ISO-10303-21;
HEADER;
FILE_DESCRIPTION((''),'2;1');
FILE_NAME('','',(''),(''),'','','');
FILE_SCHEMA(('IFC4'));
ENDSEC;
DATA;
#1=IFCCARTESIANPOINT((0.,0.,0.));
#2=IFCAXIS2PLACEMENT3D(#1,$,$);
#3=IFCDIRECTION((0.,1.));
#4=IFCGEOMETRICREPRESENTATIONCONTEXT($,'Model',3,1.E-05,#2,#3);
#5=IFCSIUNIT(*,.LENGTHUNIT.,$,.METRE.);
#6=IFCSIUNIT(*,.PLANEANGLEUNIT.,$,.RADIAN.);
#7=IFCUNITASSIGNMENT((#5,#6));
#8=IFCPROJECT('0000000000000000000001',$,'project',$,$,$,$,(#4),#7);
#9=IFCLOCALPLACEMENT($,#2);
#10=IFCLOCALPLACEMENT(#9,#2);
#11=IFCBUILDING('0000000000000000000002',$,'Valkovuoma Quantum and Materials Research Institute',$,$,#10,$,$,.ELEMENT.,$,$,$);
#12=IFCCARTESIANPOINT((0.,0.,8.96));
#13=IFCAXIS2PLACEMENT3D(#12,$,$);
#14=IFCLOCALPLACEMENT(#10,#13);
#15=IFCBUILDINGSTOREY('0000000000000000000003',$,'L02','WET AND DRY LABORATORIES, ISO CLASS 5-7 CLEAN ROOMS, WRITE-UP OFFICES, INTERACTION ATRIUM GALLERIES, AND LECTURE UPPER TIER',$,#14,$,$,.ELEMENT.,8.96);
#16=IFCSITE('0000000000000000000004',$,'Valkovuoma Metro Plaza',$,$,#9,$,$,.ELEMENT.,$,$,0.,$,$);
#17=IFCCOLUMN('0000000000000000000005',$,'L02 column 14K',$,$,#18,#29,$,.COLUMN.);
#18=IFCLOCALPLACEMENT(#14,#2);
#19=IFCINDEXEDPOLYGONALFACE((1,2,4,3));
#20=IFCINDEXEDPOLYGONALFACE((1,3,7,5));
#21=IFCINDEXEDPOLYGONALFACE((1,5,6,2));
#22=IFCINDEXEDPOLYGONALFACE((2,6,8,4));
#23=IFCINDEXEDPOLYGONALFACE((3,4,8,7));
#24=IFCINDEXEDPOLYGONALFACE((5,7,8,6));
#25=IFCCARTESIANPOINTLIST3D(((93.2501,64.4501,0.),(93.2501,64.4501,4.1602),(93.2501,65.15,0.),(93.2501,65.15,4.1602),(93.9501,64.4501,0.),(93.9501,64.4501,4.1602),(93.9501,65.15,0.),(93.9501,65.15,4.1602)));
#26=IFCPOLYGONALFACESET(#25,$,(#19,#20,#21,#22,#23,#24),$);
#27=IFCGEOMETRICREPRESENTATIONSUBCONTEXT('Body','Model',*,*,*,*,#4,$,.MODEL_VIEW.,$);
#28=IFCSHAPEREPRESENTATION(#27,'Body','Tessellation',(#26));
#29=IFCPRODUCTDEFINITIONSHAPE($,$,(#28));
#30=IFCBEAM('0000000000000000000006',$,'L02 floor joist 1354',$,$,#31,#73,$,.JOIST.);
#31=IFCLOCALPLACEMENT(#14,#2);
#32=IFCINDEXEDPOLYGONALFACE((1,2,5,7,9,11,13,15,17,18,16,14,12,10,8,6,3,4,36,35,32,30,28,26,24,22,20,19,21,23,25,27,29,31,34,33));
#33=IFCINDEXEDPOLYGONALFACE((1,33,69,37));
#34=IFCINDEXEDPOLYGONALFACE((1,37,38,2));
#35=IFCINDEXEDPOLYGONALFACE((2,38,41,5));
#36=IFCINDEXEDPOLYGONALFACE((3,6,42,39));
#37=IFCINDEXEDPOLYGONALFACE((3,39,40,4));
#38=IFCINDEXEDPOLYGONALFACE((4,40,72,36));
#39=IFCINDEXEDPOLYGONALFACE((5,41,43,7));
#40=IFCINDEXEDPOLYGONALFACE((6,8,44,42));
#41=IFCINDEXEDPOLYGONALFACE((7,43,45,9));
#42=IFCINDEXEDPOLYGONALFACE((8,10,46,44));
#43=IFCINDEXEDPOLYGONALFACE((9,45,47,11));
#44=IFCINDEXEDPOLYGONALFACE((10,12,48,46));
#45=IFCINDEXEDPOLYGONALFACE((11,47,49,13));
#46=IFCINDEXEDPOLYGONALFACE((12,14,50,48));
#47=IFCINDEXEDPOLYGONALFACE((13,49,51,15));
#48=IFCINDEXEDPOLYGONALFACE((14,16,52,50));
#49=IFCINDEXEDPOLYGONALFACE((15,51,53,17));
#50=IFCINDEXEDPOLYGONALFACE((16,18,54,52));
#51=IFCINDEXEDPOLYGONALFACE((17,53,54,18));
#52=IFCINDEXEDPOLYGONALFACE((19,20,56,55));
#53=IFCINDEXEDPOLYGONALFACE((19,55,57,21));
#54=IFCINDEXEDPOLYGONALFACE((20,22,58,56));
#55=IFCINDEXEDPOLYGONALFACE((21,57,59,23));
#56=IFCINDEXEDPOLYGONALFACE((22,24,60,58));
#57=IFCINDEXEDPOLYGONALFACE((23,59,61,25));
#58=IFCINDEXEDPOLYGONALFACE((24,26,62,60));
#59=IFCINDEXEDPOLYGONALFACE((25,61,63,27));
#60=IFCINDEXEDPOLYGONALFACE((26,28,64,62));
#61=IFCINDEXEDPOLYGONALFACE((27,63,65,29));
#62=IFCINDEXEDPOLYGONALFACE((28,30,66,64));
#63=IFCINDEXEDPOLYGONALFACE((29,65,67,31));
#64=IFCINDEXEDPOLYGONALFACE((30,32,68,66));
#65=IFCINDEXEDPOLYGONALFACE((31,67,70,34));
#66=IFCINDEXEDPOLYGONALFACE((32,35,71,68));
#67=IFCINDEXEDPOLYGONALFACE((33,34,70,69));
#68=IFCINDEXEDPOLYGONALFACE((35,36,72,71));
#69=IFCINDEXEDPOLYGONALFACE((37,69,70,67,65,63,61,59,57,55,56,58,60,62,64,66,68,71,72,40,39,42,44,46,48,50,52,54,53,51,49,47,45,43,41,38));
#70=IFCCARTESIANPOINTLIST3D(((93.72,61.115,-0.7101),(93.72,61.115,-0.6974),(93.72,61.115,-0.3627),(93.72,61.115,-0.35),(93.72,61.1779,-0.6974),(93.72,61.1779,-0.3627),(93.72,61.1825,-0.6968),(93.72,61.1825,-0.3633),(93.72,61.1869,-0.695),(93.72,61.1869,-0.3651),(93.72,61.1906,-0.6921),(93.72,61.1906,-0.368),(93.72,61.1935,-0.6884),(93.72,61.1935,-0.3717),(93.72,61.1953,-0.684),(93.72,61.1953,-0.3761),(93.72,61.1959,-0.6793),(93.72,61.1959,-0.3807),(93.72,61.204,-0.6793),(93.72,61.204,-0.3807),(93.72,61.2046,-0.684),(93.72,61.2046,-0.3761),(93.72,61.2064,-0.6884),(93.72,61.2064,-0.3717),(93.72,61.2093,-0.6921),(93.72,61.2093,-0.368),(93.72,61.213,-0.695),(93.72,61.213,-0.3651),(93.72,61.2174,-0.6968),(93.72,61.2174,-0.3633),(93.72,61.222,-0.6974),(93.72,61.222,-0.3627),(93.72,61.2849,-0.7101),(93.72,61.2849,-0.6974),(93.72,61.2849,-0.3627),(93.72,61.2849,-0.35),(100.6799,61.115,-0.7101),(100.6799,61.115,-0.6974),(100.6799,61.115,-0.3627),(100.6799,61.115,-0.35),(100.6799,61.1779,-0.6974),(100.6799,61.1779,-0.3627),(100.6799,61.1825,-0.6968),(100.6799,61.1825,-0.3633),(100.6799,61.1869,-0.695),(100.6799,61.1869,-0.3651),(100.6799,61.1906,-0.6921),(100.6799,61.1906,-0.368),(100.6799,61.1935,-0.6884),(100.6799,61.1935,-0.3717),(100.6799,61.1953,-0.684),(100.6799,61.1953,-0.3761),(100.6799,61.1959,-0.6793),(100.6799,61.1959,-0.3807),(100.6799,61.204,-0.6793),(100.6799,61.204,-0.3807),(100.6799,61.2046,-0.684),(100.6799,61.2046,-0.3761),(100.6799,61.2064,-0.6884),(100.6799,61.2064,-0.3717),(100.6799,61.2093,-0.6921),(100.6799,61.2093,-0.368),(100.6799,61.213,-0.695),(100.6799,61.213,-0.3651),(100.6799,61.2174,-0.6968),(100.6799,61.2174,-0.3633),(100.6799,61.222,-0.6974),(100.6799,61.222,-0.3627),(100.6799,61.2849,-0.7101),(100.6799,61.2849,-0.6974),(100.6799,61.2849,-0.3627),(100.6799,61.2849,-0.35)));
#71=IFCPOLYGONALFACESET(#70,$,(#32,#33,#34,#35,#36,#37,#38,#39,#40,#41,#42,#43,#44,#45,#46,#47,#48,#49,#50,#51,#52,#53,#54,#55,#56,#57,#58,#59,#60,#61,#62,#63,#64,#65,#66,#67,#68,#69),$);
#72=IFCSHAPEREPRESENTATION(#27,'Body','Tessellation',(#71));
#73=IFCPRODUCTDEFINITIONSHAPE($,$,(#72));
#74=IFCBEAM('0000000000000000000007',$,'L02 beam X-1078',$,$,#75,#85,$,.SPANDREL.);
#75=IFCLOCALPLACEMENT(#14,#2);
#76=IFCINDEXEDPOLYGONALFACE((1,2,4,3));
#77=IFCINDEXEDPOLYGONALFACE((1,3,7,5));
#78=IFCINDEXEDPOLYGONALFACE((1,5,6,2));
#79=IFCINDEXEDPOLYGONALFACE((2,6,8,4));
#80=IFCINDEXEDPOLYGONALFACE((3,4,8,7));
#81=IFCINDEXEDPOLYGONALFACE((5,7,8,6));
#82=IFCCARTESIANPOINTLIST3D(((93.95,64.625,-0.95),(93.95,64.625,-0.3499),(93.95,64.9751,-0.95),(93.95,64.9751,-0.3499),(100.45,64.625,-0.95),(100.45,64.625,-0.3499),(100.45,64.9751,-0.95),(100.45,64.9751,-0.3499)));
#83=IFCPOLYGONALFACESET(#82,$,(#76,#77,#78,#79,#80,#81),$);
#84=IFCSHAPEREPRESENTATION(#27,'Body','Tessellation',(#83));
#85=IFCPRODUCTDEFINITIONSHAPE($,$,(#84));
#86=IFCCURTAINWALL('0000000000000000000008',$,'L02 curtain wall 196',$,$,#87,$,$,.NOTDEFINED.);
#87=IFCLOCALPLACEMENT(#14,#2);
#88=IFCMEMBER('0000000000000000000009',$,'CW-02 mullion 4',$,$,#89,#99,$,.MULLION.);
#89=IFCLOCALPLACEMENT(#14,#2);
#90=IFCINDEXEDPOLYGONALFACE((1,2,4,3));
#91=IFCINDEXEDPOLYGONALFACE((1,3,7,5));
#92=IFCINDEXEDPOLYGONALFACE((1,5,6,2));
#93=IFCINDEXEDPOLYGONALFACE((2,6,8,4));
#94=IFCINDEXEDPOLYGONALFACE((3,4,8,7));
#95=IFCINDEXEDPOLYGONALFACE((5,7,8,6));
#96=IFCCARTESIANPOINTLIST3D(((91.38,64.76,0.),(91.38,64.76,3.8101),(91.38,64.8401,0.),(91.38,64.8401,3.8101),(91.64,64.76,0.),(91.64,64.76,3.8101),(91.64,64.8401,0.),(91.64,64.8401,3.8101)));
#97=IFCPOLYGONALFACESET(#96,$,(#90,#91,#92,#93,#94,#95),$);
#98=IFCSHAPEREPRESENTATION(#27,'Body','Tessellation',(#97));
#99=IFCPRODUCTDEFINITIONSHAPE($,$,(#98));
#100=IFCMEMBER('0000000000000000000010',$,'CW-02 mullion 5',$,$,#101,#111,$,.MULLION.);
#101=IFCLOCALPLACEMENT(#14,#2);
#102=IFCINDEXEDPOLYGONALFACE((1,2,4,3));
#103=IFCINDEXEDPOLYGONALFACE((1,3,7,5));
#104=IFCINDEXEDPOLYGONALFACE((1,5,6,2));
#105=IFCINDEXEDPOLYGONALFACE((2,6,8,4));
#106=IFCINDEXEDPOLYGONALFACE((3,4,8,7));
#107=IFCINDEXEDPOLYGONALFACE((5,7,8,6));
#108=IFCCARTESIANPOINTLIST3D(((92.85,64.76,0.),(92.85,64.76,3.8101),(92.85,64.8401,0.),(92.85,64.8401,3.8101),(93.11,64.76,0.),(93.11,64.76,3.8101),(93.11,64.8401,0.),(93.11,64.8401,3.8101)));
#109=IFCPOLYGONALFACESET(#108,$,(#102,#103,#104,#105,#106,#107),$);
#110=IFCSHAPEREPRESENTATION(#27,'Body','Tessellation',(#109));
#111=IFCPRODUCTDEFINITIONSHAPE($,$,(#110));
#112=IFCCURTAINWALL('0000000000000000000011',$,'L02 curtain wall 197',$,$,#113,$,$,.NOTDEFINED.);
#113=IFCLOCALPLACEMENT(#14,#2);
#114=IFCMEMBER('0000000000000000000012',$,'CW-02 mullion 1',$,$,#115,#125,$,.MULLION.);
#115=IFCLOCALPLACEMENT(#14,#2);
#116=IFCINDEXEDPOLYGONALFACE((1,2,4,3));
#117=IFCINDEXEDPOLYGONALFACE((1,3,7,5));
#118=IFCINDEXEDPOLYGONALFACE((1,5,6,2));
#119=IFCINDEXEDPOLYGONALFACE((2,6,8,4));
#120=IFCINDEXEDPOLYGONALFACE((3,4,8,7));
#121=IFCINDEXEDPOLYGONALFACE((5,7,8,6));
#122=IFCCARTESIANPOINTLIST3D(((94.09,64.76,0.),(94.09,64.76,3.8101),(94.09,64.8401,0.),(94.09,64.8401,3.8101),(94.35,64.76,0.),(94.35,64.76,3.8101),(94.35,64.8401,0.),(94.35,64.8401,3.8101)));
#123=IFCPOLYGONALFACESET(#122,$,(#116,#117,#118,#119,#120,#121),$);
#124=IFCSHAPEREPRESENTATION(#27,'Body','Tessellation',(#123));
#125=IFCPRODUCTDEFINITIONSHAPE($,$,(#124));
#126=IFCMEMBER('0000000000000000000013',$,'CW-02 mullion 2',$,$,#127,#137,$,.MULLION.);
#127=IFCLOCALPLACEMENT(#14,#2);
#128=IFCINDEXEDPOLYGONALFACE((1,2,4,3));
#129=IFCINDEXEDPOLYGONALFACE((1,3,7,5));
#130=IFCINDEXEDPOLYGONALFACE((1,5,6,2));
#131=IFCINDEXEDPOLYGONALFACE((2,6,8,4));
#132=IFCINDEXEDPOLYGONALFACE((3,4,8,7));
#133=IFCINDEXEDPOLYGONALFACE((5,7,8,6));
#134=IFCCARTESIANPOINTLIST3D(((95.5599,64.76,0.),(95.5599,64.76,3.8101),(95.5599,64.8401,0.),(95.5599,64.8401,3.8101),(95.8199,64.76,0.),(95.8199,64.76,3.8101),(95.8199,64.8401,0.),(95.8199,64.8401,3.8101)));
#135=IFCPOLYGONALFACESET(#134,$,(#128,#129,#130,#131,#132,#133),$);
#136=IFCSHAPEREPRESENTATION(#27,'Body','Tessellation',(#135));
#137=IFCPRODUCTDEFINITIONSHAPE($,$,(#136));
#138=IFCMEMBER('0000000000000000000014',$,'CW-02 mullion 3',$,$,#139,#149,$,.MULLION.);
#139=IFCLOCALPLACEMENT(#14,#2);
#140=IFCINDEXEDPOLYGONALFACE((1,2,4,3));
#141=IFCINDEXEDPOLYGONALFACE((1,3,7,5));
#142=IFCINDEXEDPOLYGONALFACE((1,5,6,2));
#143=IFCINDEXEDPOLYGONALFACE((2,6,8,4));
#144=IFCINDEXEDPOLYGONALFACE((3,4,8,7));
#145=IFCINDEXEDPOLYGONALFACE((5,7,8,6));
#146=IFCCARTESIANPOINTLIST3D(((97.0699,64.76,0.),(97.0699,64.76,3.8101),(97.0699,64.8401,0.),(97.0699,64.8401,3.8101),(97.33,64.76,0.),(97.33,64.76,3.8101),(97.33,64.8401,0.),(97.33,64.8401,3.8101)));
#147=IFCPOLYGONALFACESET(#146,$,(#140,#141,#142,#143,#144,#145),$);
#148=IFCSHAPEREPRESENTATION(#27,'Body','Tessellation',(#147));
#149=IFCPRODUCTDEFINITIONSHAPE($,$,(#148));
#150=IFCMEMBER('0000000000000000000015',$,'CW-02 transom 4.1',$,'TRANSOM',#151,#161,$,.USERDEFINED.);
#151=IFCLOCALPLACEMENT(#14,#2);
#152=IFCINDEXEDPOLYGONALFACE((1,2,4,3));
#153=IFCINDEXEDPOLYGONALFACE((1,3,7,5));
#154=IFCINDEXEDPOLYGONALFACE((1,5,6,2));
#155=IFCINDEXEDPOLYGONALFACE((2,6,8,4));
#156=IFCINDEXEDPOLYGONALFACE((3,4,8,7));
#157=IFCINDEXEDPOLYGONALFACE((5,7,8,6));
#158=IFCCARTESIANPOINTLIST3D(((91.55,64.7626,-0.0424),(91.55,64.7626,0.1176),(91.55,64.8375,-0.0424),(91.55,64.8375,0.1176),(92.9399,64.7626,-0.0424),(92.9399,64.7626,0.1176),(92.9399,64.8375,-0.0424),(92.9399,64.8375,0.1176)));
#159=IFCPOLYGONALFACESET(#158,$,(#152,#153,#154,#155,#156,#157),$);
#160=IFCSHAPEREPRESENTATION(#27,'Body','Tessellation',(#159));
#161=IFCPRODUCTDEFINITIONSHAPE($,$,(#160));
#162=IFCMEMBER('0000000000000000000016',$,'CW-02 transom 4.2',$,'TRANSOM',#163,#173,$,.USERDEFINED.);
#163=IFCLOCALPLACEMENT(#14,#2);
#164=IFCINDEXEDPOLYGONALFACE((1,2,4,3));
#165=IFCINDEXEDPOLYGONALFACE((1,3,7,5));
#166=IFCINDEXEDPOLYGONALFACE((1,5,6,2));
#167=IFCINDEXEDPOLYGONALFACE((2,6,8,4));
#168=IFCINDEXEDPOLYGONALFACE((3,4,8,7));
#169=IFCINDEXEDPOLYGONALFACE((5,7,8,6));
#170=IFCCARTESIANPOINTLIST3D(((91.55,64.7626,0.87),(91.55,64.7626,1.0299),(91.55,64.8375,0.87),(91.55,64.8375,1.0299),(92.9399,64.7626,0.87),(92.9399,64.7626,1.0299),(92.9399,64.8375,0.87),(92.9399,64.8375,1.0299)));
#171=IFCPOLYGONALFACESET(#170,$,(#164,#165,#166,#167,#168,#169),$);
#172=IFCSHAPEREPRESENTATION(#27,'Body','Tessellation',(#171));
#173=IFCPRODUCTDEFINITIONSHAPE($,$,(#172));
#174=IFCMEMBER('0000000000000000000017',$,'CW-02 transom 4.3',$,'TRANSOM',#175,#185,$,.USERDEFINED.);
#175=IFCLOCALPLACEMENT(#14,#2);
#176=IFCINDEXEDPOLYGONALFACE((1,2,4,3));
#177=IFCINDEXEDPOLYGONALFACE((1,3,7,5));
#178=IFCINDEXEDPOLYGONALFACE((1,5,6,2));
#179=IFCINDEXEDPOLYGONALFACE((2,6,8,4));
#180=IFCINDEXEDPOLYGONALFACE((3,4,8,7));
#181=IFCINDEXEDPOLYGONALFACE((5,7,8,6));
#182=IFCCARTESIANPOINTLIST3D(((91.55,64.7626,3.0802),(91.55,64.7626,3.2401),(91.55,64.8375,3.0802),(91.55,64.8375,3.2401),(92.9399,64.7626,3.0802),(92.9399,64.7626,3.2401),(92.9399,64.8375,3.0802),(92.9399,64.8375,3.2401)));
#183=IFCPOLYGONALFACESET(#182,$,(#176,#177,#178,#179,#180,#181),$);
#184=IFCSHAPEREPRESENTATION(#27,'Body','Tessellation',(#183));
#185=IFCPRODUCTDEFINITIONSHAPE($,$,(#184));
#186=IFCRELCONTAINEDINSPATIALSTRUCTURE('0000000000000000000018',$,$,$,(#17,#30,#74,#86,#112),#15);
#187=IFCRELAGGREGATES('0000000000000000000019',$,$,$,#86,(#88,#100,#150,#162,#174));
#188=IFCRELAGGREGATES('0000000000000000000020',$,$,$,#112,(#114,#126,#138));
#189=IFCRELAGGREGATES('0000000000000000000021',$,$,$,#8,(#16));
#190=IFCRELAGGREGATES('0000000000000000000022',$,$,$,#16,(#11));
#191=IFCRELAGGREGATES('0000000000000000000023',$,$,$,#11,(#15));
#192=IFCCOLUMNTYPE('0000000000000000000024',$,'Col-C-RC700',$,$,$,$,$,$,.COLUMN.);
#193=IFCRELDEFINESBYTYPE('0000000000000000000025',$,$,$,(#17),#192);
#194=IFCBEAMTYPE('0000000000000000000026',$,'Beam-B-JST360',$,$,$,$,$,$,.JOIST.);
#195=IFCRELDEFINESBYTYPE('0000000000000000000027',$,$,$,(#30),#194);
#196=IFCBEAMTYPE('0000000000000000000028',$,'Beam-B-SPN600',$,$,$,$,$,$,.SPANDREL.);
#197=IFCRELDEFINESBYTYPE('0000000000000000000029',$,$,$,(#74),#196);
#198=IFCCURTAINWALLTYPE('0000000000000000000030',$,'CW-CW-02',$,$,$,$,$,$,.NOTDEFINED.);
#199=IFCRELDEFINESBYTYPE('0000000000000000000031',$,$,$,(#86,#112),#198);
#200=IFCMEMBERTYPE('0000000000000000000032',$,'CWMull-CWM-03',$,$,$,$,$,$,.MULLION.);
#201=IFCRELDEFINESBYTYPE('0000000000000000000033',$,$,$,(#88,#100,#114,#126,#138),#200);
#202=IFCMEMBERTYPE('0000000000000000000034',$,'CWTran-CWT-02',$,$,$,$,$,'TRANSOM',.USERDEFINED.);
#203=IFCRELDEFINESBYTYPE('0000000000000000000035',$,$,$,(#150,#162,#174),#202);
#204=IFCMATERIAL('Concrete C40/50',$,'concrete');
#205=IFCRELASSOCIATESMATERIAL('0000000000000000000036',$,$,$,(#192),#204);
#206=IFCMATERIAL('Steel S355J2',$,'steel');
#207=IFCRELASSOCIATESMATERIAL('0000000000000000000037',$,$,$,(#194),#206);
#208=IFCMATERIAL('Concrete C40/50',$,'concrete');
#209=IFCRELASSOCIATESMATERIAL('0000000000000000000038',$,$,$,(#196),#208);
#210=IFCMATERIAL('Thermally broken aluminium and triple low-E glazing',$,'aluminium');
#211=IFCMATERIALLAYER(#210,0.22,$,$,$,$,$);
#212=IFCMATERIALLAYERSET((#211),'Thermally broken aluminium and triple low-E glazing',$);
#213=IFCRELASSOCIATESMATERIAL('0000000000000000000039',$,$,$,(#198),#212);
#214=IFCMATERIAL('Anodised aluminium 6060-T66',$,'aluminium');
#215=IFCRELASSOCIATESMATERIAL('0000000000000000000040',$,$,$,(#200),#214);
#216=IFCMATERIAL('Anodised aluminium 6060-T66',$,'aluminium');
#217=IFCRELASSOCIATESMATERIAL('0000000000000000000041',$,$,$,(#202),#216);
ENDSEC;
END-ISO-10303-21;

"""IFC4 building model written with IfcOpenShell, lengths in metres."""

from ifc_helpers import new_model, si_unit, direction, frame, origin, origin_2d, place, context, subcontext, project, spatial, rectangle, i_section, extrude, material, layer, layer_set, material_profile, profile_set, type_object, element, aggregate, save


model = new_model("IFC4")

# Units and contexts
model_context = context("Model", 3, precision=1e-05, world=origin(), true_north=direction((0.0, 1.0)))
body_context = subcontext(model_context, "Body", "Model", "MODEL_VIEW")
ifc_project = project(units=[si_unit("LENGTHUNIT", "METRE"), si_unit("PLANEANGLEUNIT", "RADIAN")], contexts=[model_context])

# Site, building, storey
site_placement = place(None, origin())
site = spatial("IfcSite", under=ifc_project, at=site_placement, Name="Valkovuoma Metro Plaza", CompositionType="ELEMENT", RefElevation=0.0)
building_placement = place(site_placement, origin())
building = spatial("IfcBuilding", under=site, at=building_placement, Name="Valkovuoma Quantum and Materials Research Institute", CompositionType="ELEMENT")
storey_placement = place(building_placement, frame((0.0, 0.0, 8.96)))
storey = spatial("IfcBuildingStorey", under=building, at=storey_placement, Name="L02", Description="WET AND DRY LABORATORIES, ISO CLASS 5-7 CLEAN ROOMS, WRITE-UP OFFICES, INTERACTION ATRIUM GALLERIES, AND LECTURE UPPER TIER", CompositionType="ELEMENT", Elevation=8.96)

# Column
ifc_material_1 = material(Name="Concrete C40/50", Category="concrete")
ifc_material_profile_1 = material_profile(ifc_material_1, rectangle(XDim=0.7, YDim=0.7, at=origin_2d()), Name="Concrete C40/50")
ifc_profile_set_1 = profile_set([ifc_material_profile_1], Name="Concrete C40/50")
column_type = type_object("IfcColumnType", Name="Col-C-RC700", PredefinedType="COLUMN", material=ifc_profile_set_1)
column_placement = place(storey_placement, frame((93.6001, 64.8, 0.0), z_axis=(0.0, 0.0, 1.0), x_axis=(1.0, 0.0, 0.0)))
element("IfcColumn", 1, at=column_placement, inside=storey, type_object=column_type, Name="L02 column 14K", PredefinedType="COLUMN", context=body_context, shape_type="SweptSolid", body=[
    extrude(rectangle(XDim=0.7, YDim=0.7, at=origin_2d()), origin(), (0.0, 0.0, 1.0), 4.1602),
])

# Beams
ifc_material_2 = material(Name="Steel S355J2", Category="steel")
ifc_material_profile_2 = material_profile(ifc_material_2, i_section(OverallWidth=0.1699, OverallDepth=0.3601, WebThickness=0.0081, FlangeThickness=0.0127, FilletRadius=0.0181, at=origin_2d()), Name="Steel S355J2")
ifc_profile_set_2 = profile_set([ifc_material_profile_2], Name="Steel S355J2")
beam_type_1 = type_object("IfcBeamType", Name="Beam-B-JST360", PredefinedType="JOIST", material=ifc_profile_set_2)
beam_1_placement = place(storey_placement, frame((93.72, 61.2, -0.53), z_axis=(1.0, 0.0, 0.0), x_axis=(0.0, 1.0, 0.0)))
element("IfcBeam", 2, at=beam_1_placement, inside=storey, type_object=beam_type_1, Name="L02 floor joist 1354", PredefinedType="JOIST", context=body_context, shape_type="SweptSolid", body=[
    extrude(i_section(OverallWidth=0.1699, OverallDepth=0.3601, WebThickness=0.0081, FlangeThickness=0.0127, FilletRadius=0.0181, at=origin_2d()), origin(), (0.0, 0.0, 1.0), 6.96),
])
ifc_material_3 = material(Name="Concrete C40/50", Category="concrete")
ifc_material_profile_3 = material_profile(ifc_material_3, rectangle(XDim=0.3501, YDim=0.6001, at=origin_2d()), Name="Concrete C40/50")
ifc_profile_set_3 = profile_set([ifc_material_profile_3], Name="Concrete C40/50")
beam_type_2 = type_object("IfcBeamType", Name="Beam-B-SPN600", PredefinedType="SPANDREL", material=ifc_profile_set_3)
beam_2_placement = place(storey_placement, frame((93.95, 64.8, -0.6499), z_axis=(1.0, 0.0, 0.0), x_axis=(0.0, 1.0, 0.0)))
element("IfcBeam", 3, at=beam_2_placement, inside=storey, type_object=beam_type_2, Name="L02 beam X-1078", PredefinedType="SPANDREL", context=body_context, shape_type="SweptSolid", body=[
    extrude(rectangle(XDim=0.3501, YDim=0.6001, at=origin_2d()), origin(), (0.0, 0.0, 1.0), 6.5),
])

# Curtain walls, members
ifc_material_4 = material(Name="Thermally broken aluminium and triple low-E glazing", Category="aluminium")
ifc_layer_1 = layer(ifc_material_4, 0.22)
ifc_layer_set_1 = layer_set([ifc_layer_1], Name="Thermally broken aluminium and triple low-E glazing")
curtain_wall_type = type_object("IfcCurtainWallType", Name="CW-CW-02", PredefinedType="NOTDEFINED", material=ifc_layer_set_1)
curtain_wall_1_placement = place(storey_placement, origin())
curtain_wall_1 = element("IfcCurtainWall", 4, at=curtain_wall_1_placement, inside=storey, type_object=curtain_wall_type, Name="L02 curtain wall 196", PredefinedType="NOTDEFINED")
ifc_material_5 = material(Name="Anodised aluminium 6060-T66", Category="aluminium")
ifc_material_profile_4 = material_profile(ifc_material_5, rectangle(XDim=0.0801, YDim=0.26, at=origin_2d()), Name="Anodised aluminium 6060-T66")
ifc_profile_set_4 = profile_set([ifc_material_profile_4], Name="Anodised aluminium 6060-T66")
member_type_1 = type_object("IfcMemberType", Name="CWMull-CWM-03", PredefinedType="MULLION", material=ifc_profile_set_4)
member_1_placement = place(storey_placement, frame((91.51, 64.8, 0.0), z_axis=(0.0, 0.0, 1.0), x_axis=(0.0, 1.0, 0.0)))
member_1 = element("IfcMember", 5, at=member_1_placement, type_object=member_type_1, Name="CW-02 mullion 4", PredefinedType="MULLION", context=body_context, shape_type="SweptSolid", body=[
    extrude(rectangle(XDim=0.0801, YDim=0.26, at=origin_2d()), origin(), (0.0, 0.0, 1.0), 3.8101),
])
member_2_placement = place(storey_placement, frame((92.98, 64.8, 0.0), z_axis=(0.0, 0.0, 1.0), x_axis=(0.0, 1.0, 0.0)))
member_2 = element("IfcMember", 6, at=member_2_placement, type_object=member_type_1, Name="CW-02 mullion 5", PredefinedType="MULLION", context=body_context, shape_type="SweptSolid", body=[
    extrude(rectangle(XDim=0.0801, YDim=0.26, at=origin_2d()), origin(), (0.0, 0.0, 1.0), 3.8101),
])
curtain_wall_2_placement = place(storey_placement, origin())
curtain_wall_2 = element("IfcCurtainWall", 7, at=curtain_wall_2_placement, inside=storey, type_object=curtain_wall_type, Name="L02 curtain wall 197", PredefinedType="NOTDEFINED")
member_3_placement = place(storey_placement, frame((94.22, 64.8, 0.0), z_axis=(0.0, 0.0, 1.0), x_axis=(0.0, 1.0, 0.0)))
member_3 = element("IfcMember", 8, at=member_3_placement, type_object=member_type_1, Name="CW-02 mullion 1", PredefinedType="MULLION", context=body_context, shape_type="SweptSolid", body=[
    extrude(rectangle(XDim=0.0801, YDim=0.26, at=origin_2d()), origin(), (0.0, 0.0, 1.0), 3.8101),
])
member_4_placement = place(storey_placement, frame((95.6899, 64.8, 0.0), z_axis=(0.0, 0.0, 1.0), x_axis=(0.0, 1.0, 0.0)))
member_4 = element("IfcMember", 9, at=member_4_placement, type_object=member_type_1, Name="CW-02 mullion 2", PredefinedType="MULLION", context=body_context, shape_type="SweptSolid", body=[
    extrude(rectangle(XDim=0.0801, YDim=0.26, at=origin_2d()), origin(), (0.0, 0.0, 1.0), 3.8101),
])
member_5_placement = place(storey_placement, frame((97.2, 64.8, 0.0), z_axis=(0.0, 0.0, 1.0), x_axis=(0.0, 1.0, 0.0)))
member_5 = element("IfcMember", 10, at=member_5_placement, type_object=member_type_1, Name="CW-02 mullion 3", PredefinedType="MULLION", context=body_context, shape_type="SweptSolid", body=[
    extrude(rectangle(XDim=0.0801, YDim=0.26, at=origin_2d()), origin(), (0.0, 0.0, 1.0), 3.8101),
])

# Members
ifc_material_6 = material(Name="Anodised aluminium 6060-T66", Category="aluminium")
ifc_material_profile_5 = material_profile(ifc_material_6, rectangle(XDim=0.075, YDim=0.1599, at=origin_2d()), Name="Anodised aluminium 6060-T66")
ifc_profile_set_5 = profile_set([ifc_material_profile_5], Name="Anodised aluminium 6060-T66")
member_type_2 = type_object("IfcMemberType", Name="CWTran-CWT-02", ElementType="TRANSOM", PredefinedType="USERDEFINED", material=ifc_profile_set_5)
member_6_placement = place(storey_placement, frame((91.55, 64.8, 0.0376), z_axis=(1.0, 0.0, 0.0), x_axis=(0.0, 1.0, 0.0)))
member_6 = element("IfcMember", 11, at=member_6_placement, type_object=member_type_2, Name="CW-02 transom 4.1", ObjectType="TRANSOM", PredefinedType="USERDEFINED", context=body_context, shape_type="SweptSolid", body=[
    extrude(rectangle(XDim=0.075, YDim=0.1599, at=origin_2d()), origin(), (0.0, 0.0, 1.0), 1.3899),
])
member_7_placement = place(storey_placement, frame((91.55, 64.8, 0.95), z_axis=(1.0, 0.0, 0.0), x_axis=(0.0, 1.0, 0.0)))
member_7 = element("IfcMember", 12, at=member_7_placement, type_object=member_type_2, Name="CW-02 transom 4.2", ObjectType="TRANSOM", PredefinedType="USERDEFINED", context=body_context, shape_type="SweptSolid", body=[
    extrude(rectangle(XDim=0.075, YDim=0.1599, at=origin_2d()), origin(), (0.0, 0.0, 1.0), 1.3899),
])
member_8_placement = place(storey_placement, frame((91.55, 64.8, 3.1602), z_axis=(1.0, 0.0, 0.0), x_axis=(0.0, 1.0, 0.0)))
member_8 = element("IfcMember", 13, at=member_8_placement, type_object=member_type_2, Name="CW-02 transom 4.3", ObjectType="TRANSOM", PredefinedType="USERDEFINED", context=body_context, shape_type="SweptSolid", body=[
    extrude(rectangle(XDim=0.075, YDim=0.1599, at=origin_2d()), origin(), (0.0, 0.0, 1.0), 1.3899),
])

aggregate(curtain_wall_1, [member_1, member_2, member_6, member_7, member_8])
aggregate(curtain_wall_2, [member_3, member_4, member_5])

save(model, "model.ifc")
